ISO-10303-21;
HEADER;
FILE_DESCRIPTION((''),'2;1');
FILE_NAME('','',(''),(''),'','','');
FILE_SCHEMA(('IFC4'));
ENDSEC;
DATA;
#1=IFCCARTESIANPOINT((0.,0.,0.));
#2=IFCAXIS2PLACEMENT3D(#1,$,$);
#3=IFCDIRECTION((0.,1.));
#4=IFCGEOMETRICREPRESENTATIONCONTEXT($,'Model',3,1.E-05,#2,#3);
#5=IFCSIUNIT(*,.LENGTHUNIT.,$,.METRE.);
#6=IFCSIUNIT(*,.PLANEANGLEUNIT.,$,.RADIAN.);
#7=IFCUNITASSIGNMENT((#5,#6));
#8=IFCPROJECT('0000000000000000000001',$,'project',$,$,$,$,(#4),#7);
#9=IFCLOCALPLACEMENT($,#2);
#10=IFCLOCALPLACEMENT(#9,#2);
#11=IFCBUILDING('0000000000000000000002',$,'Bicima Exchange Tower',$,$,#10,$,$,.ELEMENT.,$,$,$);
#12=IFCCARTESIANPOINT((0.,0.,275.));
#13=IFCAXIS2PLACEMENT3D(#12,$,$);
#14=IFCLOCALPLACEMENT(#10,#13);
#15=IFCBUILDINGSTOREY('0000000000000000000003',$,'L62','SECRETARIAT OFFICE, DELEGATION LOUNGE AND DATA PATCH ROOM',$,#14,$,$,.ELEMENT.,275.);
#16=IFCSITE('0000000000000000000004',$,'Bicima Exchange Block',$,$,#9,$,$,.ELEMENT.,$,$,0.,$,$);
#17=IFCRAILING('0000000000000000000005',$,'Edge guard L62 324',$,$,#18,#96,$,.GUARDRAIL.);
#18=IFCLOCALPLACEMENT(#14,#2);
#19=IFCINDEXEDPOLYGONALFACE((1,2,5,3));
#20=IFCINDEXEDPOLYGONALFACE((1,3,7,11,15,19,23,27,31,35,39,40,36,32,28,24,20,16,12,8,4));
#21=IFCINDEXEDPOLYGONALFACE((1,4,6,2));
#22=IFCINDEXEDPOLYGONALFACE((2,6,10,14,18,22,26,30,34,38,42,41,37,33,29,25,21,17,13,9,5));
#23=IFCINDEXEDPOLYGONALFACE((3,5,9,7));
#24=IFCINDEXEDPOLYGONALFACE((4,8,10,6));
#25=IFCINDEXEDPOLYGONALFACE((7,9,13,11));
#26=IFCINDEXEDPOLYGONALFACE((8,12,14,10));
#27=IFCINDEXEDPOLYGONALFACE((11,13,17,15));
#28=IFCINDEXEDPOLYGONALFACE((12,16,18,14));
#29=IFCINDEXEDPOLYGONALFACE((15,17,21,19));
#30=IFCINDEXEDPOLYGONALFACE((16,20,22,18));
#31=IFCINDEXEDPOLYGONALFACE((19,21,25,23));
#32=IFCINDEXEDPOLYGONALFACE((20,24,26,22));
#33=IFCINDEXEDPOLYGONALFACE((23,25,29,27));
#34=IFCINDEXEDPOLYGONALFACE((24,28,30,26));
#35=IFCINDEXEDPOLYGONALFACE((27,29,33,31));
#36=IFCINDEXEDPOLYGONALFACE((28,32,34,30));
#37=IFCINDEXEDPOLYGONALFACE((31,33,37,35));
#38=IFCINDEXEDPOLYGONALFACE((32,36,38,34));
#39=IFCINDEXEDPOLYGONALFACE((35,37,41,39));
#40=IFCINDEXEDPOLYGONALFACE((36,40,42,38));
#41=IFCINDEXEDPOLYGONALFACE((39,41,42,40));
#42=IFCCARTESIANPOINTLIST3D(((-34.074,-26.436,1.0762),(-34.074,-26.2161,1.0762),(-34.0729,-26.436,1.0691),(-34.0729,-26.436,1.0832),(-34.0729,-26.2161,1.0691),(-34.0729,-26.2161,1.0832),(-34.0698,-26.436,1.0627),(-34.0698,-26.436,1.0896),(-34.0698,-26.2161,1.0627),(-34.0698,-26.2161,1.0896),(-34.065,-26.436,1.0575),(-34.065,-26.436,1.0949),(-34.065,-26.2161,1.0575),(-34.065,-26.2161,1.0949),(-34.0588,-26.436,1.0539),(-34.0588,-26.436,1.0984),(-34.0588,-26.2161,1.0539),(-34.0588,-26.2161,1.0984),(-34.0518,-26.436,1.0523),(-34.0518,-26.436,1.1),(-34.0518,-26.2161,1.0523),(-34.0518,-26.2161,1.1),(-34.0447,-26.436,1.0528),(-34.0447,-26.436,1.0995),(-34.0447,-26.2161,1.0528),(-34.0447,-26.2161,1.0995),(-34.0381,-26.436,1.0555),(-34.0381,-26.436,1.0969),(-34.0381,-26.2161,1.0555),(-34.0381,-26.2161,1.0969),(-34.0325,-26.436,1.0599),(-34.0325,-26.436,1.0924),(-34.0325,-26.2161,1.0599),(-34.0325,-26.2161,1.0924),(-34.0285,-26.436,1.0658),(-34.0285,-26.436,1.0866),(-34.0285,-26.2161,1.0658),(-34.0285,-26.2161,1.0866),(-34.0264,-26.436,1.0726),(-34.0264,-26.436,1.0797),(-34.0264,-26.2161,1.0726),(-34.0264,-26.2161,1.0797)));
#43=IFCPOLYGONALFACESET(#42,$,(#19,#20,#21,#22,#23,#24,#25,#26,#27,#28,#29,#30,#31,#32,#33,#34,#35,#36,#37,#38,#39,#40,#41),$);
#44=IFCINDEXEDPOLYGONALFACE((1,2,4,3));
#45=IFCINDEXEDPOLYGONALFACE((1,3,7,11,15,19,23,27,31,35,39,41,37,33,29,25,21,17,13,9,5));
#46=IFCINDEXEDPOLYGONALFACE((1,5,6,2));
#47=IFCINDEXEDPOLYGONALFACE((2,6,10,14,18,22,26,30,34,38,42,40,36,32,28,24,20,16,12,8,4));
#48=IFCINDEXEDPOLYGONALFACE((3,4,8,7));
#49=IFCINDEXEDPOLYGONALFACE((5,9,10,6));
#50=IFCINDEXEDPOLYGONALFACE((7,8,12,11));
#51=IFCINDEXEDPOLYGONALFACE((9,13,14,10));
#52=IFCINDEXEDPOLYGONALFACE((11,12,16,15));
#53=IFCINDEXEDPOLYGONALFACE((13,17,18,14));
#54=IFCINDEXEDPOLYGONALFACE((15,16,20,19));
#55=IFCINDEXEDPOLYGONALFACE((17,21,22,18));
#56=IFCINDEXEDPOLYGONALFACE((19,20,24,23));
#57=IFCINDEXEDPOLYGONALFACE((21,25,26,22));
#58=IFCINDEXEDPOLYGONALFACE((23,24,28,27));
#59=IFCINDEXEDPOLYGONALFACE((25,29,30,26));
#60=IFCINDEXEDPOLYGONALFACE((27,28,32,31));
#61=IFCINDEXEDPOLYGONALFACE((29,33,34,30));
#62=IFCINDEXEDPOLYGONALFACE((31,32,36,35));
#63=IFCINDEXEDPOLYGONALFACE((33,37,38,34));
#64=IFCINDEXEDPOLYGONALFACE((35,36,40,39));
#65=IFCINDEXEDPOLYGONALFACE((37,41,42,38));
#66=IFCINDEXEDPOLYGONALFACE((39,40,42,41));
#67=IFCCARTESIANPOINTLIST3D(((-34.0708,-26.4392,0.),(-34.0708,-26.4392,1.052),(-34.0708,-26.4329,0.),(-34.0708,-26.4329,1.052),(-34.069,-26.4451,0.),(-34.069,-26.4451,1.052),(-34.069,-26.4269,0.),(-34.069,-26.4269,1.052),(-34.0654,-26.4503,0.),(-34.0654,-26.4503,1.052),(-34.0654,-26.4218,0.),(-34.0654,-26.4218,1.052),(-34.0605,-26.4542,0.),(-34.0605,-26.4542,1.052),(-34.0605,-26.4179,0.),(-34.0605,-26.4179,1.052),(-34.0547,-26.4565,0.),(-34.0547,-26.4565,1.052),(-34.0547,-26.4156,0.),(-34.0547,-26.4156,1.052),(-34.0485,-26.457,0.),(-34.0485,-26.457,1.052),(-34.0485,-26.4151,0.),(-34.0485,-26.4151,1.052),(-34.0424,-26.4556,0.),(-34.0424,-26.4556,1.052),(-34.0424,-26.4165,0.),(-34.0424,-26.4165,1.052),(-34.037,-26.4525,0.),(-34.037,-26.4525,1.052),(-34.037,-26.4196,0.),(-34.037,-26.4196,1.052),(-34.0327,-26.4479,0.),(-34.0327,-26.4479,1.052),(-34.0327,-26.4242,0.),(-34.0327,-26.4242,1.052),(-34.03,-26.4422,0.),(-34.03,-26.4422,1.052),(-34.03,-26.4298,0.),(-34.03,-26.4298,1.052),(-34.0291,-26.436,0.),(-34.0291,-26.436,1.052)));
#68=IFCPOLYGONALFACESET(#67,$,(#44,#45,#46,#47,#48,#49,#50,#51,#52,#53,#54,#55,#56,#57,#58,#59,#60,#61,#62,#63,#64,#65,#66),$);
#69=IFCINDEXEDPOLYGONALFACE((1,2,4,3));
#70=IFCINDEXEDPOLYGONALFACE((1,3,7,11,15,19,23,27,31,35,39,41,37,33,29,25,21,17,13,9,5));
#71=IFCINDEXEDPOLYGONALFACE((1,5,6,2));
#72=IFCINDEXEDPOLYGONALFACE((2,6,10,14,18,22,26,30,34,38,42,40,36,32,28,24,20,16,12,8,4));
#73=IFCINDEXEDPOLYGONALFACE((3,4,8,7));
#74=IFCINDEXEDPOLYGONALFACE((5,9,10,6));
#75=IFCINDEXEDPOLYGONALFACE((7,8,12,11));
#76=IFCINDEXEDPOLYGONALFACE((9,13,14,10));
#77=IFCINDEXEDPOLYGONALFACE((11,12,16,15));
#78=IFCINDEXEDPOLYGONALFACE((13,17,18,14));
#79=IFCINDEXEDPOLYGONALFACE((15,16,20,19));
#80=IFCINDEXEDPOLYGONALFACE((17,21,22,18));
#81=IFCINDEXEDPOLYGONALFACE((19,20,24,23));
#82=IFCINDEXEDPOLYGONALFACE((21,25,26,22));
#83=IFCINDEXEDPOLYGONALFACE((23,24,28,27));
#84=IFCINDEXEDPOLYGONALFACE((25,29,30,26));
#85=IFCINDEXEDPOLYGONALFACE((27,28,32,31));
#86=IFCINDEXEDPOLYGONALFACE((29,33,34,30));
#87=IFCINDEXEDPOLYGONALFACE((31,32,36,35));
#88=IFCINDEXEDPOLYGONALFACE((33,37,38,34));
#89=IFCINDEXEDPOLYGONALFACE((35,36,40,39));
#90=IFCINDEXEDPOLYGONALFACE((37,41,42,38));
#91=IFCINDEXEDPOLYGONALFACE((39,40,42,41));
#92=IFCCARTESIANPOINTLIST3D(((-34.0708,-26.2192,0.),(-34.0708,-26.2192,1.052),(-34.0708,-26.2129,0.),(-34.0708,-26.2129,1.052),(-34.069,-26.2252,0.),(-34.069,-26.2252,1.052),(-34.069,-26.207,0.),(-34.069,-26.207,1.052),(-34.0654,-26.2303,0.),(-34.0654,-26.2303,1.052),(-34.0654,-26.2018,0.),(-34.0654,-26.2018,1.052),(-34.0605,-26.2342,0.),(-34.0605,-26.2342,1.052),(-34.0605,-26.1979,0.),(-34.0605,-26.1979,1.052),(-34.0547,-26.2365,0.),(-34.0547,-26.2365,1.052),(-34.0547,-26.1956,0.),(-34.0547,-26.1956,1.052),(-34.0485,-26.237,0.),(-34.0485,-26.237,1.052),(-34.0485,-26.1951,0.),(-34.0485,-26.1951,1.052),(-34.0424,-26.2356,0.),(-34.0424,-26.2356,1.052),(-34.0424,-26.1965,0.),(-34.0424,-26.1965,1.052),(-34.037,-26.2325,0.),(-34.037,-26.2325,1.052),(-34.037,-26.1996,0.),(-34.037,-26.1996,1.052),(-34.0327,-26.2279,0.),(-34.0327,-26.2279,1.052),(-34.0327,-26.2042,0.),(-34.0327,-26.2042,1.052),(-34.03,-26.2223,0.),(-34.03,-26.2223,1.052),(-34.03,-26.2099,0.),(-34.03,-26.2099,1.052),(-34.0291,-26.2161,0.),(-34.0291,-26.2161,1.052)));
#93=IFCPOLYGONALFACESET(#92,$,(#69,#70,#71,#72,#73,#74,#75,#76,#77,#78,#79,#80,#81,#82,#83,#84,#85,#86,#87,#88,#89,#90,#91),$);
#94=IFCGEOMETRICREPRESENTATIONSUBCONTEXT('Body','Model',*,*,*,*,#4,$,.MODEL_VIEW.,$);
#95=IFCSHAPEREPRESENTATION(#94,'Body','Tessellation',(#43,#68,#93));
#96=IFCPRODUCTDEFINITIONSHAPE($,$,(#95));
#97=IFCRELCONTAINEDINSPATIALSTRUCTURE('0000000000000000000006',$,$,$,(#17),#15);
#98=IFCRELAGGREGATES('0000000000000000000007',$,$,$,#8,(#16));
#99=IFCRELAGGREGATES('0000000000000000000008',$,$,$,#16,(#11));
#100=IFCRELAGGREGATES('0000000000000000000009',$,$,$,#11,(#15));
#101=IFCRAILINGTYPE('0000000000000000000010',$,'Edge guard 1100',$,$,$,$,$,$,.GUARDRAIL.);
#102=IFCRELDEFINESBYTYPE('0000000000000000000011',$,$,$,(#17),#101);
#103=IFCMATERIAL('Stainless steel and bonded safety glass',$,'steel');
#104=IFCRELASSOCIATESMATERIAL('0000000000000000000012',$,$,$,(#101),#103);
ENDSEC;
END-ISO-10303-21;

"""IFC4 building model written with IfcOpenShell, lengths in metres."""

from ifc_helpers import new_model, si_unit, direction, frame, origin, origin_2d, place, context, subcontext, project, spatial, circle, extrude, material, type_object, element, save


model = new_model("IFC4")

# Units and contexts
model_context = context("Model", 3, precision=1e-05, world=origin(), true_north=direction((0.0, 1.0)))
body_context = subcontext(model_context, "Body", "Model", "MODEL_VIEW")
ifc_project = project(units=[si_unit("LENGTHUNIT", "METRE"), si_unit("PLANEANGLEUNIT", "RADIAN")], contexts=[model_context])

# Site, building, storey
site_placement = place(None, origin())
site = spatial("IfcSite", under=ifc_project, at=site_placement, Name="Bicima Exchange Block", CompositionType="ELEMENT", RefElevation=0.0)
building_placement = place(site_placement, origin())
building = spatial("IfcBuilding", under=site, at=building_placement, Name="Bicima Exchange Tower", CompositionType="ELEMENT")
storey_placement = place(building_placement, frame((0.0, 0.0, 275.0)))
storey = spatial("IfcBuildingStorey", under=building, at=storey_placement, Name="L62", Description="SECRETARIAT OFFICE, DELEGATION LOUNGE AND DATA PATCH ROOM", CompositionType="ELEMENT", Elevation=275.0)

# Railing
ifc_material_1 = material(Name="Stainless steel and bonded safety glass", Category="steel")
railing_type = type_object("IfcRailingType", Name="Edge guard 1100", PredefinedType="GUARDRAIL", material=ifc_material_1)
railing_1_placement = place(storey_placement, frame((-34.05, -26.436, 0.0)))
element("IfcRailing", 1, at=railing_1_placement, inside=storey, type_object=railing_type, Name="Edge guard L62 324", PredefinedType="GUARDRAIL", context=body_context, shape_type="SweptSolid", body=[
    extrude(circle(Radius=0.0239, at=origin_2d()), frame((0.0, 0.0, 1.0762), z_axis=(0.0, 1.0, 0.0), x_axis=(-1.0, 0.0, 0.0)), (0.0, 0.0, 1.0), 0.22),
    extrude(circle(Radius=0.021, at=origin_2d()), origin(), (0.0, 0.0, 1.0), 1.052),
    extrude(circle(Radius=0.021, at=origin_2d()), frame((0.0, 0.22, 0.0)), (0.0, 0.0, 1.0), 1.052),
])

save(model, "model.ifc")
